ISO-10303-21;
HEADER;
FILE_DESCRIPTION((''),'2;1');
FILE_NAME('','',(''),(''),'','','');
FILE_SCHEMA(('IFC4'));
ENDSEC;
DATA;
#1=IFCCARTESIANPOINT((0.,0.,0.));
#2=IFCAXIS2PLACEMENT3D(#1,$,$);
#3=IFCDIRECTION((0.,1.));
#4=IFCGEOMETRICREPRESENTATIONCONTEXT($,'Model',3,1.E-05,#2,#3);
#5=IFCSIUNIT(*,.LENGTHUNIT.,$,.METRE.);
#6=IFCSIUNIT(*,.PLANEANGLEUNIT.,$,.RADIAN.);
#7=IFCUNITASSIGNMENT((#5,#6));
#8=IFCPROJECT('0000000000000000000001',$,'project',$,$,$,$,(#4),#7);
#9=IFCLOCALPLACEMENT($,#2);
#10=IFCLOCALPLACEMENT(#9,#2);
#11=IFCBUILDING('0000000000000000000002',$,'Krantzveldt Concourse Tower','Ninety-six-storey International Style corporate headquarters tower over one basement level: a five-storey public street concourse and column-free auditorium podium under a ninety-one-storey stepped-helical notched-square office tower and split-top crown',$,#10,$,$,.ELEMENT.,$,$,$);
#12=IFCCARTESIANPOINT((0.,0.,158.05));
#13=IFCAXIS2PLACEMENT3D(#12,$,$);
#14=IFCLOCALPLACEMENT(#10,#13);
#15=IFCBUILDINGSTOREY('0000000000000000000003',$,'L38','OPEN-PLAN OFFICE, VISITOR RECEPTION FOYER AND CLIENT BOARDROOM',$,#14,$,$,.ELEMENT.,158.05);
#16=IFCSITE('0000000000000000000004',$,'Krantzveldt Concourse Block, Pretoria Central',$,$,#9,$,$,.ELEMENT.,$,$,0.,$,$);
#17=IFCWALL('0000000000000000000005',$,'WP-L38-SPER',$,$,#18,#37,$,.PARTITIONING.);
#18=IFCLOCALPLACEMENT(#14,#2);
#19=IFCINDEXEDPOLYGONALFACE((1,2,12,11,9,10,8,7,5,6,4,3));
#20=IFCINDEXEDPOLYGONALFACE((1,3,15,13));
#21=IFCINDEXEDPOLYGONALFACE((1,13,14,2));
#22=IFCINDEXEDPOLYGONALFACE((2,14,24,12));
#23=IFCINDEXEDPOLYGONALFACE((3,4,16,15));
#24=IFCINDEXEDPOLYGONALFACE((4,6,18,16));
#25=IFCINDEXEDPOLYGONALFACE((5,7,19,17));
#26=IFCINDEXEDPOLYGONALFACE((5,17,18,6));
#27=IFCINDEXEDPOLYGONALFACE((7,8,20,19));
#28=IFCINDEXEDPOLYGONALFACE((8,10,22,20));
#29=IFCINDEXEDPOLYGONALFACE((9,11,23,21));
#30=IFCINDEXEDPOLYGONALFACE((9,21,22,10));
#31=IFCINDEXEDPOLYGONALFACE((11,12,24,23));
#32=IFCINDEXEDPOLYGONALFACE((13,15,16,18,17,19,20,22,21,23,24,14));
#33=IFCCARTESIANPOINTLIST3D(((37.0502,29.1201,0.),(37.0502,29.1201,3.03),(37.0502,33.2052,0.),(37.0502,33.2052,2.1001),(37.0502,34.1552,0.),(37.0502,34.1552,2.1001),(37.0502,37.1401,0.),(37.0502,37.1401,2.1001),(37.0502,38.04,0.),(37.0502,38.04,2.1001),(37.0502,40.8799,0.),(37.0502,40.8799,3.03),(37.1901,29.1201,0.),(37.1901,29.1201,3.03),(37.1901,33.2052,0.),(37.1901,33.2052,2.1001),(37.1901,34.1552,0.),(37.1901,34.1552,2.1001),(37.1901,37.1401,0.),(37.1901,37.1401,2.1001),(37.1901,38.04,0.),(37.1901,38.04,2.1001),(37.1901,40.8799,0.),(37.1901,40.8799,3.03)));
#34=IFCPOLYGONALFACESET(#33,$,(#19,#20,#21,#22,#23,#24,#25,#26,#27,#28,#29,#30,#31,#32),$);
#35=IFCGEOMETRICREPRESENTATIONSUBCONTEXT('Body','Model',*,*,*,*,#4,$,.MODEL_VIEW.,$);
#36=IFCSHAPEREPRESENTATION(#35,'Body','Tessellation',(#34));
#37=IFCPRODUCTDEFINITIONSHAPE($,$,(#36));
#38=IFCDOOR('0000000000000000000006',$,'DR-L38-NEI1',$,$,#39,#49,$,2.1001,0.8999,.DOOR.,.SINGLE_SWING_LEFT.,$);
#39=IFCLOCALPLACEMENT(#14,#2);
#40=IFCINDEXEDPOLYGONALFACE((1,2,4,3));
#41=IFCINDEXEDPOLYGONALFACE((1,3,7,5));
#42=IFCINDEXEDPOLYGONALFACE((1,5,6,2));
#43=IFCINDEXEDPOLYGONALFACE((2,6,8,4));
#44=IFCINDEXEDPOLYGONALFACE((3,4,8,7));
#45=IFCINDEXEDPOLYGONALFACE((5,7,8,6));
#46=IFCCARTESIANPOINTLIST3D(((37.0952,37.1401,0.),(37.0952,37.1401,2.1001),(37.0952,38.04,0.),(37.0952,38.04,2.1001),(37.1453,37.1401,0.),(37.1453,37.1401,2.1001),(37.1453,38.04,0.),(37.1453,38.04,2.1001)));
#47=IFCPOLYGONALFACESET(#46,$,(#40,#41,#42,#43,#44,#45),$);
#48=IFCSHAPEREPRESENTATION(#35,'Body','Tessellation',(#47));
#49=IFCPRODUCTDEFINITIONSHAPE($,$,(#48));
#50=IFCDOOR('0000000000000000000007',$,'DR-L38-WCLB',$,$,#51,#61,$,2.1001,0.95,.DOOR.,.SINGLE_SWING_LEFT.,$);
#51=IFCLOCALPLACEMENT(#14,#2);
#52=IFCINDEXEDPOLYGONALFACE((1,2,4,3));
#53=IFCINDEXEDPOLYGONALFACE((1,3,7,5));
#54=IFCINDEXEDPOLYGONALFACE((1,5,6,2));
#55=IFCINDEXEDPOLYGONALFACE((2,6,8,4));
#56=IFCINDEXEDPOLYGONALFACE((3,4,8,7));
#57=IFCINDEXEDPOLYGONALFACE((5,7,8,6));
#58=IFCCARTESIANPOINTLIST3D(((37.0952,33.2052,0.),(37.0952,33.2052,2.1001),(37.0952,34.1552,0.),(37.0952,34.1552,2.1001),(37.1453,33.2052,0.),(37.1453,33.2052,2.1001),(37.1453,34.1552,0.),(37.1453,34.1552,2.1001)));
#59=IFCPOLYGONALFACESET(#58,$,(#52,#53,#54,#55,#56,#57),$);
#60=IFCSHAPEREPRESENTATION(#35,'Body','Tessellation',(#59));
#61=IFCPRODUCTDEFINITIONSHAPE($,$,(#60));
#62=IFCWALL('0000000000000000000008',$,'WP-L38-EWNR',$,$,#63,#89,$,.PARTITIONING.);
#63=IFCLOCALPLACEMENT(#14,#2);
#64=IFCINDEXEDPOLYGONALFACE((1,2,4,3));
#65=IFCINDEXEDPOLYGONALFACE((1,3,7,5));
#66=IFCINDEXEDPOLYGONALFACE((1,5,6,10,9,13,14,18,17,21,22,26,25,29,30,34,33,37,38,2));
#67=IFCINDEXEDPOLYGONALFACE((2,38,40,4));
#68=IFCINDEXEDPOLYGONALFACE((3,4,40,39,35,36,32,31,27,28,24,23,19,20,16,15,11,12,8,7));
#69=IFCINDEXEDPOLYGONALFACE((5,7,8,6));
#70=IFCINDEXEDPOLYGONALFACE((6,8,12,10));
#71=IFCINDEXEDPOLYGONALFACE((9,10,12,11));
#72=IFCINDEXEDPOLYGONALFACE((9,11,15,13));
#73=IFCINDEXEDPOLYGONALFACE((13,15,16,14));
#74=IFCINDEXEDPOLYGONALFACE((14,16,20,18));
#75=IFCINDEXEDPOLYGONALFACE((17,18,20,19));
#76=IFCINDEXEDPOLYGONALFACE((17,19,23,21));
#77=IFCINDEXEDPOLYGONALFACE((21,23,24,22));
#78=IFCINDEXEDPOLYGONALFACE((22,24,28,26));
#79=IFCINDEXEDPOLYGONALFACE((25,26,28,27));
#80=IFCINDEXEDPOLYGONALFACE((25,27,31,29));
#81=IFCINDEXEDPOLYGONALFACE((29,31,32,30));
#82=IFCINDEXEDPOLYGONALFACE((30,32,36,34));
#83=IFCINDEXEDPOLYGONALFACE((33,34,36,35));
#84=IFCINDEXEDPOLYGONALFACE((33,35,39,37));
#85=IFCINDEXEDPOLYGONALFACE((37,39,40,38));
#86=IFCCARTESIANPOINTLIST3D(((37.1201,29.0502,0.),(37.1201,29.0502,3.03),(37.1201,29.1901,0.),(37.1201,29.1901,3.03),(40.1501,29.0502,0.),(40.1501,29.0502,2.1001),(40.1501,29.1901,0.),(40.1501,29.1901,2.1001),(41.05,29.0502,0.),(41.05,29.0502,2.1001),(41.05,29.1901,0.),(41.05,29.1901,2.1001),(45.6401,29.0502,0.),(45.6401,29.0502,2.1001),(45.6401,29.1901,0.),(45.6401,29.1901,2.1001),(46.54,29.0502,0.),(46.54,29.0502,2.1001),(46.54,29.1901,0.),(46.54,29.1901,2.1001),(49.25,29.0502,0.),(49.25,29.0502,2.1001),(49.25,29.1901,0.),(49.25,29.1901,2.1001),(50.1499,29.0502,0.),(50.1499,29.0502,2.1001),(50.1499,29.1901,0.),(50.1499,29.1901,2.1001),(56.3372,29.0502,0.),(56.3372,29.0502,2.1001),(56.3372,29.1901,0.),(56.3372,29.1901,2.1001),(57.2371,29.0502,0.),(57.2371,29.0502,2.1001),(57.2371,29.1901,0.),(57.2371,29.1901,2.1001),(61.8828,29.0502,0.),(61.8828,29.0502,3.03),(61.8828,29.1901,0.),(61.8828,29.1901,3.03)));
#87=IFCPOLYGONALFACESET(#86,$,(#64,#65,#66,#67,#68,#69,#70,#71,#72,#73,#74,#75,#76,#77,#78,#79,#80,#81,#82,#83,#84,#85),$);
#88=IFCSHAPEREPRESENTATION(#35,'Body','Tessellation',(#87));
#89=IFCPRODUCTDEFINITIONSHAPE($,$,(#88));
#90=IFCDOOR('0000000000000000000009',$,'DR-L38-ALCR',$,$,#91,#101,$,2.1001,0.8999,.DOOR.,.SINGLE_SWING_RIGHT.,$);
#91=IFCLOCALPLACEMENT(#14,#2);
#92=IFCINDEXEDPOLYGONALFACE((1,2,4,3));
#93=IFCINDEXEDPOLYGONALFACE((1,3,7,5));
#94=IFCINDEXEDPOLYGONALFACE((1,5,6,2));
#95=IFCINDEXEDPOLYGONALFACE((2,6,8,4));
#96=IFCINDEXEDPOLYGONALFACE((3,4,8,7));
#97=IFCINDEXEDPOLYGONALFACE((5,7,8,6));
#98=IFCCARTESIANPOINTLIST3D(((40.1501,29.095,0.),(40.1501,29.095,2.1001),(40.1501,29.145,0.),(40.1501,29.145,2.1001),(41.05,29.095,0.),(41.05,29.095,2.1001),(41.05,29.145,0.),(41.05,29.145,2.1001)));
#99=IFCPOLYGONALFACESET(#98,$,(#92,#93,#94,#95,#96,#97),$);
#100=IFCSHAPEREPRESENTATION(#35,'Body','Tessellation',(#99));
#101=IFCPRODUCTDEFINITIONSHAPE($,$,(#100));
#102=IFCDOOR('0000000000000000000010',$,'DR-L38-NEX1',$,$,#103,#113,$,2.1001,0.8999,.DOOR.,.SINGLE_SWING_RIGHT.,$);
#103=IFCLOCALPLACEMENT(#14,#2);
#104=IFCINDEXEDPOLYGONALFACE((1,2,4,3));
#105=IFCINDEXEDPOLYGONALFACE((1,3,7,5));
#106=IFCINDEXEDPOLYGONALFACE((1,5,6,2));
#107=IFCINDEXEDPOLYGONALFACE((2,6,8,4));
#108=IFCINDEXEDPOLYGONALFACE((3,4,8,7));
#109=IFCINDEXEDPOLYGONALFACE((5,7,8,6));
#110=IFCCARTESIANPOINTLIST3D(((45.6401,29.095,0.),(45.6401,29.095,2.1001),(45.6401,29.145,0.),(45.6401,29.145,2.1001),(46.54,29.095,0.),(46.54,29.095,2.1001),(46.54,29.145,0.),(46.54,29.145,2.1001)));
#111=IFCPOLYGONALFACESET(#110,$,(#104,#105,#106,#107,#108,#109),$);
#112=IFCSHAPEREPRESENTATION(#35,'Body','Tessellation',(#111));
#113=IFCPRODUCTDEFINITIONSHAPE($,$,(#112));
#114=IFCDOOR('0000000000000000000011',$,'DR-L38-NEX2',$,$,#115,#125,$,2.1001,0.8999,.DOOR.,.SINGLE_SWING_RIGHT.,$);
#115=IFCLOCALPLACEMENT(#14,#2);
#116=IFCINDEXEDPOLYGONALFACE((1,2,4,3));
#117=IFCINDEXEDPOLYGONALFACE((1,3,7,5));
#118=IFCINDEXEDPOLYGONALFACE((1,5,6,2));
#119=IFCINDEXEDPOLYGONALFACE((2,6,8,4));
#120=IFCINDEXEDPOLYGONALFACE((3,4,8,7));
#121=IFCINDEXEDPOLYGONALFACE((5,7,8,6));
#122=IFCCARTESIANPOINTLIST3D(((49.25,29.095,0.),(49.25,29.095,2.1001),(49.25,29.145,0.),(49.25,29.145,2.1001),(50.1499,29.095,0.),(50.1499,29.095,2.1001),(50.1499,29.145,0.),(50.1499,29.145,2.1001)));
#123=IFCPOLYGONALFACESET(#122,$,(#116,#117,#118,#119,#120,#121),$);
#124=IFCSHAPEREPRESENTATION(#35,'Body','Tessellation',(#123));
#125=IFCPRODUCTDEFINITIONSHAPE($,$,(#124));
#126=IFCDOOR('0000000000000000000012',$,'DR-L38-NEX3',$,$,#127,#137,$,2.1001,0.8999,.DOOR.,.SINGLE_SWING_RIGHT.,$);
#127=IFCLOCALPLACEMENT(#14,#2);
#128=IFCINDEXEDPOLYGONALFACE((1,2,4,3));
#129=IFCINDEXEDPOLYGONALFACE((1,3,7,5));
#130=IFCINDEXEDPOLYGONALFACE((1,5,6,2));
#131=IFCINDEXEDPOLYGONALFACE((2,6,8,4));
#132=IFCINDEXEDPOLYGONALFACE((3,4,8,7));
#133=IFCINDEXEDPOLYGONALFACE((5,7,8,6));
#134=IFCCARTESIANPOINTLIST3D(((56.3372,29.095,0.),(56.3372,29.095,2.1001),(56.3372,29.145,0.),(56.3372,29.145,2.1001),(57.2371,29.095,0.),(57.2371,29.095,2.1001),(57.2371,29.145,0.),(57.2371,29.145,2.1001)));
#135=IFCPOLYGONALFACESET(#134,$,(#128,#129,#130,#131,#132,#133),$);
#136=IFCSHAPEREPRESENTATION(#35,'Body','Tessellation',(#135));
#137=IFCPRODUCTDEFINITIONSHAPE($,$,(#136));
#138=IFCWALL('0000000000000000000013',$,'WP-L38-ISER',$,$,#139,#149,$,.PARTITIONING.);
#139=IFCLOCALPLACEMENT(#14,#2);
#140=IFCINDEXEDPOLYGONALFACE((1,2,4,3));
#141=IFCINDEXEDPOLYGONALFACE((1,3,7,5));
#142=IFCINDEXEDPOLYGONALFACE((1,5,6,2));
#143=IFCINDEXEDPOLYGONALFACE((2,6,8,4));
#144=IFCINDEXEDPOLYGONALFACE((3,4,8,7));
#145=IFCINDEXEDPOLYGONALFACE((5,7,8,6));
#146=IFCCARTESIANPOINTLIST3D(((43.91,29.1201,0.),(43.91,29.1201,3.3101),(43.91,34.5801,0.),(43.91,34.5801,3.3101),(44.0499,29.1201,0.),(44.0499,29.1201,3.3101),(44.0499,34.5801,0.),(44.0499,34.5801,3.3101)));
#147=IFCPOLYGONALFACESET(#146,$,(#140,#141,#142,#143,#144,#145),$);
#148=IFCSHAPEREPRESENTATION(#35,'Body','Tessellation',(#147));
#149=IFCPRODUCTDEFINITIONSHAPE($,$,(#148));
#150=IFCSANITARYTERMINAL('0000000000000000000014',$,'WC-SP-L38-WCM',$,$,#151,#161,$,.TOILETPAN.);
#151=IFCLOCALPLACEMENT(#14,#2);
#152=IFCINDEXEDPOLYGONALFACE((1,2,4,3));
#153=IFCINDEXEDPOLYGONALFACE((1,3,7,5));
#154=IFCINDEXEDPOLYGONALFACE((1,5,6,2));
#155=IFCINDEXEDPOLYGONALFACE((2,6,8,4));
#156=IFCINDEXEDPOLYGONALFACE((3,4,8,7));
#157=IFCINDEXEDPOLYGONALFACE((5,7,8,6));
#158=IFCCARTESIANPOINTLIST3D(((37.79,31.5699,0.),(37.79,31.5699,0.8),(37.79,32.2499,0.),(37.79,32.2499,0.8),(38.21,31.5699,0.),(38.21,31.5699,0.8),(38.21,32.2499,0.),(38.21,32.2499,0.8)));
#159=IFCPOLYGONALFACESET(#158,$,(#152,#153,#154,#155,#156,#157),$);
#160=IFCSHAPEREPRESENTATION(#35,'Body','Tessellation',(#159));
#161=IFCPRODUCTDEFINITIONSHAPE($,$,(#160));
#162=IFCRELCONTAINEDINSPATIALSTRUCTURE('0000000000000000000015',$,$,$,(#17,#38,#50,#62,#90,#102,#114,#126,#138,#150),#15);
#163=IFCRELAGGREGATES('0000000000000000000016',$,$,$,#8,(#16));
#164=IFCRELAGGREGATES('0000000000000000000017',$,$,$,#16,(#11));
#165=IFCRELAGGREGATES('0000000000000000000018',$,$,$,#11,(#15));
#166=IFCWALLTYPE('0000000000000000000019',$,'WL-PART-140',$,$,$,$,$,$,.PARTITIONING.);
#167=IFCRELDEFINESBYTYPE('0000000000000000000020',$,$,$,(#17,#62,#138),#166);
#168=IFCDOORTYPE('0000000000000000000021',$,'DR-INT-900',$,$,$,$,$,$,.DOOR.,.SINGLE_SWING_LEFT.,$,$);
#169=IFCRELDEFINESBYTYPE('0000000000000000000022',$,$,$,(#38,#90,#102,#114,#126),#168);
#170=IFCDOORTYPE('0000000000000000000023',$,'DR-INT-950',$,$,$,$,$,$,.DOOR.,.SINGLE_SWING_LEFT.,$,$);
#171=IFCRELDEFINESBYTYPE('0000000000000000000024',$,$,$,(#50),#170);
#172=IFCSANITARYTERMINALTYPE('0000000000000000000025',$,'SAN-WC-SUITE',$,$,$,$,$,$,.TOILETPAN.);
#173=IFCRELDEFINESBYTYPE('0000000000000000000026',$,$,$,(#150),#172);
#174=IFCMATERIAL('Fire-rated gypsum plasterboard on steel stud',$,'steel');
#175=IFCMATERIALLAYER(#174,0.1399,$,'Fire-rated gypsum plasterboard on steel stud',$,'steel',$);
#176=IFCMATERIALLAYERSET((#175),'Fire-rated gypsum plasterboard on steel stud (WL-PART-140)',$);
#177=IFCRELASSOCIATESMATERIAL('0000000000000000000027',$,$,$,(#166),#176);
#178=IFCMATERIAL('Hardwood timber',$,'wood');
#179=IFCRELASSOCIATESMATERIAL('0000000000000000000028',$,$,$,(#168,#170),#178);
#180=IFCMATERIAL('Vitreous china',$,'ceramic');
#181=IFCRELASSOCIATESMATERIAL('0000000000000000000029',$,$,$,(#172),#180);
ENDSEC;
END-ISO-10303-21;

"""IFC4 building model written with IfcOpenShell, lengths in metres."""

from ifc_helpers import new_model, si_unit, direction, frame, frame_2d, origin, origin_2d, place, context, subcontext, project, spatial, rectangle, extrude, source, transform, mapped, material, layer, layer_set, type_object, type_shapes, element, fill, save


model = new_model("IFC4")

# Units and contexts
model_context = context("Model", 3, precision=1e-05, world=origin(), true_north=direction((0.0, 1.0)))
body_context = subcontext(model_context, "Body", "Model", "MODEL_VIEW")
ifc_project = project(units=[si_unit("LENGTHUNIT", "METRE"), si_unit("PLANEANGLEUNIT", "RADIAN")], contexts=[model_context])

# Site, building, storey
site_placement = place(None, origin())
site = spatial("IfcSite", under=ifc_project, at=site_placement, Name="Krantzveldt Concourse Block, Pretoria Central", CompositionType="ELEMENT", RefElevation=0.0)
building_placement = place(site_placement, origin())
building = spatial("IfcBuilding", under=site, at=building_placement, Name="Krantzveldt Concourse Tower", Description="Ninety-six-storey International Style corporate headquarters tower over one basement level: a five-storey public street concourse and column-free auditorium podium under a ninety-one-storey stepped-helical notched-square office tower and split-top crown", CompositionType="ELEMENT")
storey_placement = place(building_placement, frame((0.0, 0.0, 158.05)))
storey = spatial("IfcBuildingStorey", under=building, at=storey_placement, Name="L38", Description="OPEN-PLAN OFFICE, VISITOR RECEPTION FOYER AND CLIENT BOARDROOM", CompositionType="ELEMENT", Elevation=158.05)

# Shared definitions
ifc_material_1 = material(Name="Fire-rated gypsum plasterboard on steel stud", Category="steel")

# Walls, openings, doors
ifc_layer_1 = layer(ifc_material_1, 0.1399, Name="Fire-rated gypsum plasterboard on steel stud", Category="steel")
ifc_layer_set_1 = layer_set([ifc_layer_1], Name="Fire-rated gypsum plasterboard on steel stud (WL-PART-140)")
wall_type_1 = type_object("IfcWallType", Name="WL-PART-140", PredefinedType="PARTITIONING", material=ifc_layer_set_1)
wall_1_placement = place(storey_placement, frame((37.1201, 29.1201, 0.0), z_axis=(0.0, 0.0, 1.0), x_axis=(0.0, 1.0, 0.0)))
wall_1 = element("IfcWall", 1, at=wall_1_placement, inside=storey, type_object=wall_type_1, Name="WP-L38-SPER", PredefinedType="PARTITIONING", context=body_context, shape_type="SweptSolid", body=[
    extrude(rectangle(XDim=11.7598, YDim=0.1399, at=frame_2d((5.8799, 0.0))), origin(), (0.0, 0.0, 1.0), 3.03),
])
opening_1_placement = place(wall_1_placement, frame((4.085, 0.0, 0.0)))
opening_1 = element("IfcOpeningElement", 2, at=opening_1_placement, cuts=wall_1, PredefinedType="OPENING", context=body_context, shape_type="SweptSolid", body=[
    extrude(rectangle(XDim=0.95, YDim=2.1001, at=frame_2d((0.4751, 1.05))), frame((0.0, 0.0801, 0.0), z_axis=(0.0, -1.0, 0.0), x_axis=(1.0, 0.0, 0.0)), (0.0, 0.0, 1.0), 0.1599),
])
opening_2_placement = place(wall_1_placement, frame((8.02, 0.0, 0.0)))
opening_2 = element("IfcOpeningElement", 3, at=opening_2_placement, cuts=wall_1, PredefinedType="OPENING", context=body_context, shape_type="SweptSolid", body=[
    extrude(rectangle(XDim=0.8999, YDim=2.1001, at=frame_2d((0.45, 1.05))), frame((0.0, 0.0801, 0.0), z_axis=(0.0, -1.0, 0.0), x_axis=(1.0, 0.0, 0.0)), (0.0, 0.0, 1.0), 0.1599),
])
ifc_material_2 = material(Name="Hardwood timber", Category="wood")
door_type_1 = type_object("IfcDoorType", Name="DR-INT-900", OperationType="SINGLE_SWING_LEFT", PredefinedType="DOOR", material=ifc_material_2)
door_1_placement = place(opening_2_placement, origin())
door_1 = element("IfcDoor", 4, at=door_1_placement, inside=storey, type_object=door_type_1, Name="DR-L38-NEI1", OperationType="SINGLE_SWING_LEFT", OverallHeight=2.1001, OverallWidth=0.8999, PredefinedType="DOOR", context=body_context, shape_type="SweptSolid", body=[
    extrude(rectangle(XDim=0.8999, YDim=2.1001, at=frame_2d((0.45, 1.05))), frame((0.0, 0.0249, 0.0), z_axis=(0.0, -1.0, 0.0), x_axis=(1.0, 0.0, 0.0)), (0.0, 0.0, 1.0), 0.05),
])
fill(opening_2, door_1)
door_type_2 = type_object("IfcDoorType", Name="DR-INT-950", OperationType="SINGLE_SWING_LEFT", PredefinedType="DOOR", material=ifc_material_2)
door_2_placement = place(opening_1_placement, origin())
door_2 = element("IfcDoor", 5, at=door_2_placement, inside=storey, type_object=door_type_2, Name="DR-L38-WCLB", OperationType="SINGLE_SWING_LEFT", OverallHeight=2.1001, OverallWidth=0.95, PredefinedType="DOOR", context=body_context, shape_type="SweptSolid", body=[
    extrude(rectangle(XDim=0.95, YDim=2.1001, at=frame_2d((0.4751, 1.05))), frame((0.0, 0.0249, 0.0), z_axis=(0.0, -1.0, 0.0), x_axis=(1.0, 0.0, 0.0)), (0.0, 0.0, 1.0), 0.05),
])
fill(opening_1, door_2)
wall_2_placement = place(storey_placement, frame((37.1201, 29.1201, 0.0), z_axis=(0.0, 0.0, 1.0), x_axis=(1.0, 0.0, 0.0)))
wall_2 = element("IfcWall", 6, at=wall_2_placement, inside=storey, type_object=wall_type_1, Name="WP-L38-EWNR", PredefinedType="PARTITIONING", context=body_context, shape_type="SweptSolid", body=[
    extrude(rectangle(XDim=24.7627, YDim=0.1399, at=frame_2d((12.3813, 0.0))), origin(), (0.0, 0.0, 1.0), 3.03),
])
opening_3_placement = place(wall_2_placement, frame((3.03, 0.0, 0.0)))
opening_3 = element("IfcOpeningElement", 7, at=opening_3_placement, cuts=wall_2, PredefinedType="OPENING", context=body_context, shape_type="SweptSolid", body=[
    extrude(rectangle(XDim=0.8999, YDim=2.1001, at=frame_2d((0.45, 1.05))), frame((0.0, 0.0801, 0.0), z_axis=(0.0, -1.0, 0.0), x_axis=(1.0, 0.0, 0.0)), (0.0, 0.0, 1.0), 0.1599),
])
opening_4_placement = place(wall_2_placement, frame((8.52, 0.0, 0.0)))
opening_4 = element("IfcOpeningElement", 8, at=opening_4_placement, cuts=wall_2, PredefinedType="OPENING", context=body_context, shape_type="SweptSolid", body=[
    extrude(rectangle(XDim=0.8999, YDim=2.1001, at=frame_2d((0.45, 1.05))), frame((0.0, 0.0801, 0.0), z_axis=(0.0, -1.0, 0.0), x_axis=(1.0, 0.0, 0.0)), (0.0, 0.0, 1.0), 0.1599),
])
opening_5_placement = place(wall_2_placement, frame((12.1299, 0.0, 0.0)))
opening_5 = element("IfcOpeningElement", 9, at=opening_5_placement, cuts=wall_2, PredefinedType="OPENING", context=body_context, shape_type="SweptSolid", body=[
    extrude(rectangle(XDim=0.8999, YDim=2.1001, at=frame_2d((0.45, 1.05))), frame((0.0, 0.0801, 0.0), z_axis=(0.0, -1.0, 0.0), x_axis=(1.0, 0.0, 0.0)), (0.0, 0.0, 1.0), 0.1599),
])
opening_6_placement = place(wall_2_placement, frame((19.217, 0.0, 0.0)))
opening_6 = element("IfcOpeningElement", 10, at=opening_6_placement, cuts=wall_2, PredefinedType="OPENING", context=body_context, shape_type="SweptSolid", body=[
    extrude(rectangle(XDim=0.8999, YDim=2.1001, at=frame_2d((0.45, 1.05))), frame((0.0, 0.0801, 0.0), z_axis=(0.0, -1.0, 0.0), x_axis=(1.0, 0.0, 0.0)), (0.0, 0.0, 1.0), 0.1599),
])
door_3_placement = place(opening_3_placement, origin())
door_3 = element("IfcDoor", 11, at=door_3_placement, inside=storey, type_object=door_type_1, Name="DR-L38-ALCR", OperationType="SINGLE_SWING_RIGHT", OverallHeight=2.1001, OverallWidth=0.8999, PredefinedType="DOOR", context=body_context, shape_type="SweptSolid", body=[
    extrude(rectangle(XDim=0.8999, YDim=2.1001, at=frame_2d((0.45, 1.05))), frame((0.0, 0.0249, 0.0), z_axis=(0.0, -1.0, 0.0), x_axis=(1.0, 0.0, 0.0)), (0.0, 0.0, 1.0), 0.05),
])
fill(opening_3, door_3)
door_4_placement = place(opening_4_placement, origin())
door_4 = element("IfcDoor", 12, at=door_4_placement, inside=storey, type_object=door_type_1, Name="DR-L38-NEX1", OperationType="SINGLE_SWING_RIGHT", OverallHeight=2.1001, OverallWidth=0.8999, PredefinedType="DOOR", context=body_context, shape_type="SweptSolid", body=[
    extrude(rectangle(XDim=0.8999, YDim=2.1001, at=frame_2d((0.45, 1.05))), frame((0.0, 0.0249, 0.0), z_axis=(0.0, -1.0, 0.0), x_axis=(1.0, 0.0, 0.0)), (0.0, 0.0, 1.0), 0.05),
])
fill(opening_4, door_4)
door_5_placement = place(opening_5_placement, origin())
door_5 = element("IfcDoor", 13, at=door_5_placement, inside=storey, type_object=door_type_1, Name="DR-L38-NEX2", OperationType="SINGLE_SWING_RIGHT", OverallHeight=2.1001, OverallWidth=0.8999, PredefinedType="DOOR", context=body_context, shape_type="SweptSolid", body=[
    extrude(rectangle(XDim=0.8999, YDim=2.1001, at=frame_2d((0.45, 1.05))), frame((0.0, 0.0249, 0.0), z_axis=(0.0, -1.0, 0.0), x_axis=(1.0, 0.0, 0.0)), (0.0, 0.0, 1.0), 0.05),
])
fill(opening_5, door_5)
door_6_placement = place(opening_6_placement, origin())
door_6 = element("IfcDoor", 14, at=door_6_placement, inside=storey, type_object=door_type_1, Name="DR-L38-NEX3", OperationType="SINGLE_SWING_RIGHT", OverallHeight=2.1001, OverallWidth=0.8999, PredefinedType="DOOR", context=body_context, shape_type="SweptSolid", body=[
    extrude(rectangle(XDim=0.8999, YDim=2.1001, at=frame_2d((0.45, 1.05))), frame((0.0, 0.0249, 0.0), z_axis=(0.0, -1.0, 0.0), x_axis=(1.0, 0.0, 0.0)), (0.0, 0.0, 1.0), 0.05),
])
fill(opening_6, door_6)

# Wall
wall_3_placement = place(storey_placement, frame((43.98, 29.1201, 0.0), z_axis=(0.0, 0.0, 1.0), x_axis=(0.0, 1.0, 0.0)))
element("IfcWall", 15, at=wall_3_placement, inside=storey, type_object=wall_type_1, Name="WP-L38-ISER", PredefinedType="PARTITIONING", context=body_context, shape_type="SweptSolid", body=[
    extrude(rectangle(XDim=5.46, YDim=0.1399, at=frame_2d((2.73, 0.0))), origin(), (0.0, 0.0, 1.0), 3.3101),
])

# Sanitary terminal
ifc_material_3 = material(Name="Vitreous china", Category="ceramic")
sanitary_terminal_type_1 = type_object("IfcSanitaryTerminalType", Name="SAN-WC-SUITE", PredefinedType="TOILETPAN", material=ifc_material_3)
shared_shape_1 = source(origin(), body_context, "Body", "SweptSolid", [
    extrude(rectangle(XDim=0.4199, YDim=0.6799, at=origin_2d()), origin(), (0.0, 0.0, 1.0), 0.8),
])
type_shapes(sanitary_terminal_type_1, [shared_shape_1])
for number, where, z_axis, x_axis, name in (
    (16, (38.0, 31.9099, 0.0), (0.0, 0.0, 1.0), (1.0, 0.0, 0.0), "WC-SP-L38-WCM"),
):
    element("IfcSanitaryTerminal", number, at=place(storey_placement, frame(where, z_axis=z_axis, x_axis=x_axis)), inside=storey, type_object=sanitary_terminal_type_1, Name=name, PredefinedType="TOILETPAN", context=body_context, shape_type="MappedRepresentation", body=[
        mapped(shared_shape_1, transform((0.0, 0.0, 0.0), x_axis=(1.0, 0.0, 0.0), y_axis=(0.0, 1.0, 0.0), z_axis=(0.0, 0.0, 1.0), scale=1.0)),
    ])

save(model, "model.ifc")
